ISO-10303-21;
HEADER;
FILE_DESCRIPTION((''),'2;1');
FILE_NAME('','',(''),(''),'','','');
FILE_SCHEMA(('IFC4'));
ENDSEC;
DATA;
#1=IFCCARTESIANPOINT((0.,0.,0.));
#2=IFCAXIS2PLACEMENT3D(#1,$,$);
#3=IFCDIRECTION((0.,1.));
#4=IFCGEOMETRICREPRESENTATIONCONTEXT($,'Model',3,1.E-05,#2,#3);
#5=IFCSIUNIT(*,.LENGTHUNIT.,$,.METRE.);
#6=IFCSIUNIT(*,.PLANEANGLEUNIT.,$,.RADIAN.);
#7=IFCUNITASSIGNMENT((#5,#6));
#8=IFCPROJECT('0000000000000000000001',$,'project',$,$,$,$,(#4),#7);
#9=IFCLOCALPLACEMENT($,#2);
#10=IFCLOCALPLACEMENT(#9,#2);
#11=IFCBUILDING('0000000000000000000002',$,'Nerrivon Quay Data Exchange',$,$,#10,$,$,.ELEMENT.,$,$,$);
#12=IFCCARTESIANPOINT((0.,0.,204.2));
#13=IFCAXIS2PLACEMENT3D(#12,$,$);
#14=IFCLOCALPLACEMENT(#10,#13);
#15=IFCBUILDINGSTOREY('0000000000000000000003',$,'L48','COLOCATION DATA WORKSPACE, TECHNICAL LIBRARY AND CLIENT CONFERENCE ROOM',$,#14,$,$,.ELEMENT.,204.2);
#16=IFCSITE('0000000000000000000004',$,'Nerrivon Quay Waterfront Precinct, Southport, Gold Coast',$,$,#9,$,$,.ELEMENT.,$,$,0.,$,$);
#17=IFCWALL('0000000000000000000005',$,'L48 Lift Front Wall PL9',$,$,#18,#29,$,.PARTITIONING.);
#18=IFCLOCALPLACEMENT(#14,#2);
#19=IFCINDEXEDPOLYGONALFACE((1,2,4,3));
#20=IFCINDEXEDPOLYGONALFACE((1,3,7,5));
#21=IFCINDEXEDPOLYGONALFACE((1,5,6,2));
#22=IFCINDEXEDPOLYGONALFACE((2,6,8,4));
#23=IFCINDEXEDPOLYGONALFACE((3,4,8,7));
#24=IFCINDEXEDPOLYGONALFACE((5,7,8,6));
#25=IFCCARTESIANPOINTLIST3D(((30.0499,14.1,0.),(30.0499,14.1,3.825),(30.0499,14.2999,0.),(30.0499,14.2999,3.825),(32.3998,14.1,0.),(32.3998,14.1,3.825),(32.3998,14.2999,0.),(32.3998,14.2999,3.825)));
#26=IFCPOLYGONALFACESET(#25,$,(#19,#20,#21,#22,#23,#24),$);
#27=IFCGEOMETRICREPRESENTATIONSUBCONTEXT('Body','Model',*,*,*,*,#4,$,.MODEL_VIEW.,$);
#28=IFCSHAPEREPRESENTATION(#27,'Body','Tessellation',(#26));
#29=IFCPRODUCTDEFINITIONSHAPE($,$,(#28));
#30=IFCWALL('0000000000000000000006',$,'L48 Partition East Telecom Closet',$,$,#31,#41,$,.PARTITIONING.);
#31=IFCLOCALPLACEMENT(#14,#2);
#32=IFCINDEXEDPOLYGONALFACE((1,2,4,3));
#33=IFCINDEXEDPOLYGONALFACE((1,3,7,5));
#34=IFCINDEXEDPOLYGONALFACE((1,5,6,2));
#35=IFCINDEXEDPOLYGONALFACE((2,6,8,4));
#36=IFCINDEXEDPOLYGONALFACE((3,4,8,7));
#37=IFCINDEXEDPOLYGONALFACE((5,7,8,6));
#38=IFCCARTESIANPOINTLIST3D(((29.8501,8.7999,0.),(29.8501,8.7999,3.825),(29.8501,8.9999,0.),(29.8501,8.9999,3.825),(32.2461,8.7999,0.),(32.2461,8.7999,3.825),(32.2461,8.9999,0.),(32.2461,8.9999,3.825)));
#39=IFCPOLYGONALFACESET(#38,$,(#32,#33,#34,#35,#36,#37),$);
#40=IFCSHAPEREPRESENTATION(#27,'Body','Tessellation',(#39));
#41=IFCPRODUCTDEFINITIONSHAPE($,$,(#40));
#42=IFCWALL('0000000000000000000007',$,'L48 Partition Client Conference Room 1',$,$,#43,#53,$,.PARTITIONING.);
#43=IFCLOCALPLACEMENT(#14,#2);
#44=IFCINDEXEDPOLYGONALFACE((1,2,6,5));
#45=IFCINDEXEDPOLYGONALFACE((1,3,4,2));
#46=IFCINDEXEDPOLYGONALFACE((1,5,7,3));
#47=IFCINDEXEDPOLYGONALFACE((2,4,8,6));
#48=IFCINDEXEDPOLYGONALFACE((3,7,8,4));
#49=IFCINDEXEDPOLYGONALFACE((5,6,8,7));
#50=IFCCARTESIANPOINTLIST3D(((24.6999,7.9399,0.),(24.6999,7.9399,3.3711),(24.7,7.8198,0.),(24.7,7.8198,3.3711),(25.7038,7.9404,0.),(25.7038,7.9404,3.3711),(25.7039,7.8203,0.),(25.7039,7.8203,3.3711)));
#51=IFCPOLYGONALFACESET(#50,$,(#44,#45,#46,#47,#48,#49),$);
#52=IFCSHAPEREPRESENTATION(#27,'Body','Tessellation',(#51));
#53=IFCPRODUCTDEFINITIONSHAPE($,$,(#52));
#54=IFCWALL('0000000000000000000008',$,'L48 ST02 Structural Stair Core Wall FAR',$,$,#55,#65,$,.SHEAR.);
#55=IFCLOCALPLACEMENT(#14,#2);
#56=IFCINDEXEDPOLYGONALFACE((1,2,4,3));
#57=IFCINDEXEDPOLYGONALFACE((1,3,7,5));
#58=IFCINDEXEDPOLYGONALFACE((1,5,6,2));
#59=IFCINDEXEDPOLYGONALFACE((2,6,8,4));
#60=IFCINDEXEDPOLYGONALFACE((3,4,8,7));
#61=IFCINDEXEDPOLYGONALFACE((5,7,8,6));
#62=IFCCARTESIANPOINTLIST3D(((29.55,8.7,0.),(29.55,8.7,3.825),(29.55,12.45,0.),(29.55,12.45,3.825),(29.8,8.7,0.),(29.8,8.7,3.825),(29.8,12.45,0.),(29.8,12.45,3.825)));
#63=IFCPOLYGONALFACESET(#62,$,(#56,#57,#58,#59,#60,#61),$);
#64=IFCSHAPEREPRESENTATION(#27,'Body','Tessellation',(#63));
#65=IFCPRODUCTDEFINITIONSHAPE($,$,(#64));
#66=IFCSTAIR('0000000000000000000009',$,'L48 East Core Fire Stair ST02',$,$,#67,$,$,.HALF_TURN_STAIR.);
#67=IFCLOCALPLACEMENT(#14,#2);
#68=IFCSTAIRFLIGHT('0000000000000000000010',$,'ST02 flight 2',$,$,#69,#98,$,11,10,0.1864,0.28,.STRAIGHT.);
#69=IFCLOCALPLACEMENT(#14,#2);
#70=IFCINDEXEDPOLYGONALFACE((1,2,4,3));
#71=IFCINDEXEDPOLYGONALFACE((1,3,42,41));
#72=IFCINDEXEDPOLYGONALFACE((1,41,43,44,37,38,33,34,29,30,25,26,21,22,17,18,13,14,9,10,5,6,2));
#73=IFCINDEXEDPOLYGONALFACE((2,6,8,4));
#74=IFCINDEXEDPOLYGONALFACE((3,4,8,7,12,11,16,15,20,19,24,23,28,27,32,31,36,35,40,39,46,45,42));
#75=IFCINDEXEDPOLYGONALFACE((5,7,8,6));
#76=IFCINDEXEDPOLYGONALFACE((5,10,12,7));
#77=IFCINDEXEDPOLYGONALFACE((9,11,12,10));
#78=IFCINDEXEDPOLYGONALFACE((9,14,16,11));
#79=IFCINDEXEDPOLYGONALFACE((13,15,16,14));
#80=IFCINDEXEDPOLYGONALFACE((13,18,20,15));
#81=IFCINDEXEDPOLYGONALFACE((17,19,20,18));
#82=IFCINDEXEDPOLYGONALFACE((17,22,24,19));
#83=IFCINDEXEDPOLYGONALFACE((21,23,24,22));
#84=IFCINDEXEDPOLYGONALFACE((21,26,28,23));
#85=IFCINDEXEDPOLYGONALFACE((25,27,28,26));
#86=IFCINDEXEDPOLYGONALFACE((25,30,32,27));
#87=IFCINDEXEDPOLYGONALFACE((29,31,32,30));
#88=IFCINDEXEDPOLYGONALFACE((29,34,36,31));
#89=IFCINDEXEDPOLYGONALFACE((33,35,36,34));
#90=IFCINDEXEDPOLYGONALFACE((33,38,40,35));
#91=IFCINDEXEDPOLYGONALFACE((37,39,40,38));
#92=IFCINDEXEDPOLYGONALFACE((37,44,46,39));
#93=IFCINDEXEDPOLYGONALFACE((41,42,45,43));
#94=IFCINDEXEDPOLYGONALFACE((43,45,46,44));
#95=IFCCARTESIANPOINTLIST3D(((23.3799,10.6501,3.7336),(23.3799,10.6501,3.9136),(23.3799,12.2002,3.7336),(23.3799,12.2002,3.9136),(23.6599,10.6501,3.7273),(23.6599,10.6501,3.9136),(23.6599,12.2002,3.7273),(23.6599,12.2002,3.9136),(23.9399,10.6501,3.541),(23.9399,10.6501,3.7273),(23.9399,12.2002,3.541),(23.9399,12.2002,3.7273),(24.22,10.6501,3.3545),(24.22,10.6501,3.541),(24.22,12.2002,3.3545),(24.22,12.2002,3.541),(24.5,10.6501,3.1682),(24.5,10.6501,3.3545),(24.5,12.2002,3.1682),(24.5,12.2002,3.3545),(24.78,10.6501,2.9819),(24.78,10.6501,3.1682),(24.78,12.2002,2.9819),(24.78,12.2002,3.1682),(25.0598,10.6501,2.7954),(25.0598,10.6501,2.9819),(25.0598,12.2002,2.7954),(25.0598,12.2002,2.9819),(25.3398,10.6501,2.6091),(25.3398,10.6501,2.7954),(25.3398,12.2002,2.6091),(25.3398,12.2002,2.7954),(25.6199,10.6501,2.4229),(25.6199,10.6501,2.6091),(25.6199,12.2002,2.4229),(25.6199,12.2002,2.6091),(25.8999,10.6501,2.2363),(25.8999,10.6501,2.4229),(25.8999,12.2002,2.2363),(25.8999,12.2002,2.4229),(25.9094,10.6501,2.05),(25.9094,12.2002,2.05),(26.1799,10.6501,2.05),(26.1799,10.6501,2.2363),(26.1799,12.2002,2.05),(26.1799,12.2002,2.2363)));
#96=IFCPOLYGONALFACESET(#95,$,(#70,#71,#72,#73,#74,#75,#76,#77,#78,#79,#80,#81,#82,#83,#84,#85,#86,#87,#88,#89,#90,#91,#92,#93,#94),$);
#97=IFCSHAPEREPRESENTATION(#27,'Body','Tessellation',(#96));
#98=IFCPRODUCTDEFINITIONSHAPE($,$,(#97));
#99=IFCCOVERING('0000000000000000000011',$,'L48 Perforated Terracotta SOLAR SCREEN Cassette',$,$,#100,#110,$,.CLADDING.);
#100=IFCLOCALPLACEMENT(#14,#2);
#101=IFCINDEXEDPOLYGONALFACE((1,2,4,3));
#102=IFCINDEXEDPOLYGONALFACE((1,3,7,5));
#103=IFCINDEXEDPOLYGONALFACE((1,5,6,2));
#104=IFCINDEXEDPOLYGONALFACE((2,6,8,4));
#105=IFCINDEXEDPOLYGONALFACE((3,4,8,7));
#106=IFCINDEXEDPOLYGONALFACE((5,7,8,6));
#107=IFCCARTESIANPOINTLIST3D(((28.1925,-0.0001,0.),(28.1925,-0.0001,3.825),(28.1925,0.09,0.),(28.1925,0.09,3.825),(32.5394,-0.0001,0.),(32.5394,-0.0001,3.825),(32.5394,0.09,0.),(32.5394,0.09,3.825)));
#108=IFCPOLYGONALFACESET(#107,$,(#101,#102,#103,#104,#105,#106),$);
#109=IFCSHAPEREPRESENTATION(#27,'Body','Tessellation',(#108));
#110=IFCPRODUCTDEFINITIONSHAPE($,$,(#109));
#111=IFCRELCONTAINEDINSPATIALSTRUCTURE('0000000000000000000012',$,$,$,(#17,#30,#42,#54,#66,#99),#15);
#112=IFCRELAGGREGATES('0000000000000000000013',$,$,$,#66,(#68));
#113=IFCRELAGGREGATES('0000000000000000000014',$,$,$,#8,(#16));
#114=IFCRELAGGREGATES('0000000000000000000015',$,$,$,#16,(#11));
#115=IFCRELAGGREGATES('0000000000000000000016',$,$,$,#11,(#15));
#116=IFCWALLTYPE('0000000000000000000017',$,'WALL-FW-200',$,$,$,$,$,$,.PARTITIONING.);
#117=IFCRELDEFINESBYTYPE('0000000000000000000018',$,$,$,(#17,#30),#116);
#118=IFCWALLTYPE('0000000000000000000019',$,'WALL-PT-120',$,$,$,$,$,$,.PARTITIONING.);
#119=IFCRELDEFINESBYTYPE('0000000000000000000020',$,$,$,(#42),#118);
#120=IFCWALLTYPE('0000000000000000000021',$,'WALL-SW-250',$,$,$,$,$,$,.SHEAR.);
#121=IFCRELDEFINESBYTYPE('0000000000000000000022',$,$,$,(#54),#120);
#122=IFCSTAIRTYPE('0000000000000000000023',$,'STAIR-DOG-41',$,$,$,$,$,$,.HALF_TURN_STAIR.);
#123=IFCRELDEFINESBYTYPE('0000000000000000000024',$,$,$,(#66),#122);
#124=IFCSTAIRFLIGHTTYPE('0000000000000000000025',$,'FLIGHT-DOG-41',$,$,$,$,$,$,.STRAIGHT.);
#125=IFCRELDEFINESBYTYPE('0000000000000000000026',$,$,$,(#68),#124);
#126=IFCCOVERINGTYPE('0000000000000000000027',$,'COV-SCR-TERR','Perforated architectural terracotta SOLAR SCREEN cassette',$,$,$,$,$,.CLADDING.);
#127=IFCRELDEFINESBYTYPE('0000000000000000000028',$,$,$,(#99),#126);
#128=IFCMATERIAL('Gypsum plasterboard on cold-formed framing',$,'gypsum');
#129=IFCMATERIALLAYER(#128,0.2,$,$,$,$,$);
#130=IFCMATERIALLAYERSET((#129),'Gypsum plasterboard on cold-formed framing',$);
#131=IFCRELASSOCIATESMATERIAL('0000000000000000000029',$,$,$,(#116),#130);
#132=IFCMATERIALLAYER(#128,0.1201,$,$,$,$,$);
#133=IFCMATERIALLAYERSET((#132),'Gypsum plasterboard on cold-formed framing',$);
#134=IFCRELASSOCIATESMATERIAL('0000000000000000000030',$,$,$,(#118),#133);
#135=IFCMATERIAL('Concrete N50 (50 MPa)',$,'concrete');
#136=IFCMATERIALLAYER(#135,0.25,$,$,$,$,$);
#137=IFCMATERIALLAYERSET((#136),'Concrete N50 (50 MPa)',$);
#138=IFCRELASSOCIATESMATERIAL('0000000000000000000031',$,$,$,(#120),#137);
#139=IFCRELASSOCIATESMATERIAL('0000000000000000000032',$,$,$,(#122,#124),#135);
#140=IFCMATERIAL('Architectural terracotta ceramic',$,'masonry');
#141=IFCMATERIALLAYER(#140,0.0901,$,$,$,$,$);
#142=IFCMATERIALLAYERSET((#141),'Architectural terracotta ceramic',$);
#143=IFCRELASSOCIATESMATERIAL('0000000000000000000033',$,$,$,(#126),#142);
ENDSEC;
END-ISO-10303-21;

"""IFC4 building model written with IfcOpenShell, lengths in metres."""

from ifc_helpers import new_model, si_unit, direction, frame, frame_2d, origin, origin_2d, place, context, subcontext, project, spatial, polyline, rectangle, outline, extrude, material, layer, layer_set, type_object, element, aggregate, save


model = new_model("IFC4")

# Units and contexts
model_context = context("Model", 3, precision=1e-05, world=origin(), true_north=direction((0.0, 1.0)))
body_context = subcontext(model_context, "Body", "Model", "MODEL_VIEW")
ifc_project = project(units=[si_unit("LENGTHUNIT", "METRE"), si_unit("PLANEANGLEUNIT", "RADIAN")], contexts=[model_context])

# Site, building, storey
site_placement = place(None, origin())
site = spatial("IfcSite", under=ifc_project, at=site_placement, Name="Nerrivon Quay Waterfront Precinct, Southport, Gold Coast", CompositionType="ELEMENT", RefElevation=0.0)
building_placement = place(site_placement, origin())
building = spatial("IfcBuilding", under=site, at=building_placement, Name="Nerrivon Quay Data Exchange", CompositionType="ELEMENT")
storey_placement = place(building_placement, frame((0.0, 0.0, 204.2)))
storey = spatial("IfcBuildingStorey", under=building, at=storey_placement, Name="L48", Description="COLOCATION DATA WORKSPACE, TECHNICAL LIBRARY AND CLIENT CONFERENCE ROOM", CompositionType="ELEMENT", Elevation=204.2)

# Wall
ifc_material_1 = material(Name="Gypsum plasterboard on cold-formed framing", Category="gypsum")
ifc_layer_1 = layer(ifc_material_1, 0.2)
ifc_layer_set_1 = layer_set([ifc_layer_1], Name="Gypsum plasterboard on cold-formed framing")
wall_type_1 = type_object("IfcWallType", Name="WALL-FW-200", PredefinedType="PARTITIONING", material=ifc_layer_set_1)
wall_1_placement = place(storey_placement, frame((30.05, 14.2, 0.0), z_axis=(0.0, 0.0, 1.0), x_axis=(1.0, 0.0, 0.0)))
element("IfcWall", 1, at=wall_1_placement, inside=storey, type_object=wall_type_1, Name="L48 Lift Front Wall PL9", PredefinedType="PARTITIONING", context=body_context, shape_type="SweptSolid", body=[
    extrude(rectangle(XDim=2.3499, YDim=0.2, at=frame_2d((1.1748, 0.0))), origin(), (0.0, 0.0, 1.0), 3.825),
])

# Walls
wall_2_placement = place(storey_placement, frame((29.8501, 8.8999, 0.0), z_axis=(0.0, 0.0, 1.0), x_axis=(1.0, 0.0, 0.0)))
element("IfcWall", 2, at=wall_2_placement, inside=storey, type_object=wall_type_1, Name="L48 Partition East Telecom Closet", PredefinedType="PARTITIONING", context=body_context, shape_type="SweptSolid", body=[
    extrude(rectangle(XDim=2.396, YDim=0.2, at=frame_2d((1.198, 0.0))), origin(), (0.0, 0.0, 1.0), 3.825),
])
ifc_layer_2 = layer(ifc_material_1, 0.1201)
ifc_layer_set_2 = layer_set([ifc_layer_2], Name="Gypsum plasterboard on cold-formed framing")
wall_type_2 = type_object("IfcWallType", Name="WALL-PT-120", PredefinedType="PARTITIONING", material=ifc_layer_set_2)
wall_3_placement = place(storey_placement, frame((25.7039, 7.8804, 0.0), z_axis=(0.0, 0.0, 1.0), x_axis=(-1.0, -0.000486, 0.0)))
element("IfcWall", 3, at=wall_3_placement, inside=storey, type_object=wall_type_2, Name="L48 Partition Client Conference Room 1", PredefinedType="PARTITIONING", context=body_context, shape_type="SweptSolid", body=[
    extrude(rectangle(XDim=1.0039, YDim=0.1201, at=frame_2d((0.502, 0.0))), origin(), (0.0, 0.0, 1.0), 3.3711),
])
ifc_material_2 = material(Name="Concrete N50 (50 MPa)", Category="concrete")
ifc_layer_3 = layer(ifc_material_2, 0.25)
ifc_layer_set_3 = layer_set([ifc_layer_3], Name="Concrete N50 (50 MPa)")
wall_type_3 = type_object("IfcWallType", Name="WALL-SW-250", PredefinedType="SHEAR", material=ifc_layer_set_3)
wall_4_placement = place(storey_placement, frame((29.675, 8.7, 0.0), z_axis=(0.0, 0.0, 1.0), x_axis=(0.0, 1.0, 0.0)))
element("IfcWall", 4, at=wall_4_placement, inside=storey, type_object=wall_type_3, Name="L48 ST02 Structural Stair Core Wall FAR", PredefinedType="SHEAR", context=body_context, shape_type="SweptSolid", body=[
    extrude(rectangle(XDim=3.75, YDim=0.25, at=frame_2d((1.875, 0.0))), origin(), (0.0, 0.0, 1.0), 3.825),
])

# Stair, stair flight
stair_type = type_object("IfcStairType", Name="STAIR-DOG-41", PredefinedType="HALF_TURN_STAIR", material=ifc_material_2)
stair_placement = place(storey_placement, origin())
stair = element("IfcStair", 5, at=stair_placement, inside=storey, type_object=stair_type, Name="L48 East Core Fire Stair ST02", PredefinedType="HALF_TURN_STAIR")
stair_flight_type = type_object("IfcStairFlightType", Name="FLIGHT-DOG-41", PredefinedType="STRAIGHT", material=ifc_material_2)
stair_flight_placement = place(storey_placement, frame((26.1799, 11.425, 2.05), z_axis=(0.0, 0.0, 1.0), x_axis=(-1.0, 0.0, 0.0)))
stair_flight = element("IfcStairFlight", 6, at=stair_flight_placement, type_object=stair_flight_type, Name="ST02 flight 2", NumberOfRisers=11, NumberOfTreads=10, PredefinedType="STRAIGHT", RiserHeight=0.1864, TreadLength=0.28, context=body_context, shape_type="SweptSolid", body=[
    extrude(outline(polyline([(0.0, 0.0), (0.0, 0.1863), (0.28, 0.1863), (0.28, 0.3728), (0.5601, 0.3728), (0.5601, 0.5591), (0.8401, 0.5591), (0.8401, 0.7454), (1.1201, 0.7454), (1.1201, 0.9319), (1.3999, 0.9319), (1.3999, 1.1182), (1.6799, 1.1182), (1.6799, 1.3044), (1.96, 1.3044), (1.96, 1.491), (2.24, 1.491), (2.24, 1.6772), (2.52, 1.6772), (2.52, 1.8635), (2.8, 1.8635), (2.8, 2.05), (2.8, 1.6836), (0.2705, 0.0), (0.0, 0.0)])), frame((0.0, 0.7749, 0.0), z_axis=(0.0, -1.0, 0.0), x_axis=(1.0, 0.0, 0.0)), (0.0, 0.0, 1.0), 1.55),
])
aggregate(stair, [stair_flight])

# Covering
ifc_material_3 = material(Name="Architectural terracotta ceramic", Category="masonry")
ifc_layer_4 = layer(ifc_material_3, 0.0901)
ifc_layer_set_4 = layer_set([ifc_layer_4], Name="Architectural terracotta ceramic")
covering_type = type_object("IfcCoveringType", Name="COV-SCR-TERR", Description="Perforated architectural terracotta SOLAR SCREEN cassette", PredefinedType="CLADDING", material=ifc_layer_set_4)
covering_placement = place(storey_placement, frame((30.366, 0.0449, 0.0), z_axis=(0.0, 0.0, 1.0), x_axis=(-1.0, 0.0, 0.0)))
element("IfcCovering", 7, at=covering_placement, inside=storey, type_object=covering_type, Name="L48 Perforated Terracotta SOLAR SCREEN Cassette", PredefinedType="CLADDING", context=body_context, shape_type="SweptSolid", body=[
    extrude(rectangle(XDim=4.3469, YDim=0.0901, at=origin_2d()), origin(), (0.0, 0.0, 1.0), 3.825),
])

save(model, "model.ifc")
